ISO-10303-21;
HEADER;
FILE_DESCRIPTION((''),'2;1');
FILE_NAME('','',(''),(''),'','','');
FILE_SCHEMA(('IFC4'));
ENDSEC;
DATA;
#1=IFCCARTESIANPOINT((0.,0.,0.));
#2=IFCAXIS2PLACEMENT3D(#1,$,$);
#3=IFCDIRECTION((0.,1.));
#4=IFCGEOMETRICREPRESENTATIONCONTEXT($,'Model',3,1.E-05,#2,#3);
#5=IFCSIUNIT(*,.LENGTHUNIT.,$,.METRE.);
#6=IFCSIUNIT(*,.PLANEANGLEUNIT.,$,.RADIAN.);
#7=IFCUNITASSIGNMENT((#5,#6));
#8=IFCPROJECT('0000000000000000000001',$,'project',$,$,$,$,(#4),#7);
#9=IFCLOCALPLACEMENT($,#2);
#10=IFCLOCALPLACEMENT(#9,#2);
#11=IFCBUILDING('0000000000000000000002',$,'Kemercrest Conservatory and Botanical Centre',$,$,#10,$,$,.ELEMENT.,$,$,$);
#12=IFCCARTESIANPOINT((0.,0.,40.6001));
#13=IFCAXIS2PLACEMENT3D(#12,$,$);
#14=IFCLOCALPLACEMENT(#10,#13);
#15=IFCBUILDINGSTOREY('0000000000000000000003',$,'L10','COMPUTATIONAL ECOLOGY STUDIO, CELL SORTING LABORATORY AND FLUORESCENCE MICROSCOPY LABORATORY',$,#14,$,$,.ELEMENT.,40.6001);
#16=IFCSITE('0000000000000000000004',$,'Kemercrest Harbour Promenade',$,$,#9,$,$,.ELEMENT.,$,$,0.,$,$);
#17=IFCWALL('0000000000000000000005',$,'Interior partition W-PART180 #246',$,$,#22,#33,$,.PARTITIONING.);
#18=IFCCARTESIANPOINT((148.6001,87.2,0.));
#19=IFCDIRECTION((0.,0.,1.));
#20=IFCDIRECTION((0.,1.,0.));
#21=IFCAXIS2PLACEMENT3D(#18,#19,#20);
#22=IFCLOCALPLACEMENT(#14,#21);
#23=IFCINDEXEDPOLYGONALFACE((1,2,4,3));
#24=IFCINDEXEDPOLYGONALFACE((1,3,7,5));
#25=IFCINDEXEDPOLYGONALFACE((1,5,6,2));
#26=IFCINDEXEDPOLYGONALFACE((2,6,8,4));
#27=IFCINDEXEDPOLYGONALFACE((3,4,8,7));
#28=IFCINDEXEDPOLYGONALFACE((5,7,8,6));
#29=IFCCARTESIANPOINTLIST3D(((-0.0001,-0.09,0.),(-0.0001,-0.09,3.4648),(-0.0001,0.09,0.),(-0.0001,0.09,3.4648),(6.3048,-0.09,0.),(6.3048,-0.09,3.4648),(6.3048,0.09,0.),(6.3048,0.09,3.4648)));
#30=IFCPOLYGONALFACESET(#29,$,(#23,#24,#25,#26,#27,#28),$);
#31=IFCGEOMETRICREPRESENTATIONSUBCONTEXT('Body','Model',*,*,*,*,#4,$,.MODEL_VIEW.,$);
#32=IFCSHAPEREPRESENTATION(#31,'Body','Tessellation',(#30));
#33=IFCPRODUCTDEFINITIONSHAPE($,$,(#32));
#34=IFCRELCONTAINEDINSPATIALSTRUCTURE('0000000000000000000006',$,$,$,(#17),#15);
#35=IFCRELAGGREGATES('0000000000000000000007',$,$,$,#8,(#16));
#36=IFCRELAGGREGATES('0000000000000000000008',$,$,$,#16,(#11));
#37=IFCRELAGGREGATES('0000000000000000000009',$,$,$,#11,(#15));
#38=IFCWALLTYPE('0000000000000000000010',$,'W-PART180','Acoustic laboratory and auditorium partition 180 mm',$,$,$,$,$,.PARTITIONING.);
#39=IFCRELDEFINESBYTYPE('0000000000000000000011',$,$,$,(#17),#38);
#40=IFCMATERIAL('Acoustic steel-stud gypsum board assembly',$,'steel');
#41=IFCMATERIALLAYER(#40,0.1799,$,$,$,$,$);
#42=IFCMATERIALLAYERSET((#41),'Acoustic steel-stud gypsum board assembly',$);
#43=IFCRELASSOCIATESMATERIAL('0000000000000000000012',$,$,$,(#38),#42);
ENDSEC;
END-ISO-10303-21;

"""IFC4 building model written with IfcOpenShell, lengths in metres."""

from ifc_helpers import new_model, si_unit, direction, frame, frame_2d, origin, place, context, subcontext, project, spatial, rectangle, extrude, material, layer, layer_set, type_object, element, save


model = new_model("IFC4")

# Units and contexts
model_context = context("Model", 3, precision=1e-05, world=origin(), true_north=direction((0.0, 1.0)))
body_context = subcontext(model_context, "Body", "Model", "MODEL_VIEW")
ifc_project = project(units=[si_unit("LENGTHUNIT", "METRE"), si_unit("PLANEANGLEUNIT", "RADIAN")], contexts=[model_context])

# Site, building, storey
site_placement = place(None, origin())
site = spatial("IfcSite", under=ifc_project, at=site_placement, Name="Kemercrest Harbour Promenade", CompositionType="ELEMENT", RefElevation=0.0)
building_placement = place(site_placement, origin())
building = spatial("IfcBuilding", under=site, at=building_placement, Name="Kemercrest Conservatory and Botanical Centre", CompositionType="ELEMENT")
storey_placement = place(building_placement, frame((0.0, 0.0, 40.6001)))
storey = spatial("IfcBuildingStorey", under=building, at=storey_placement, Name="L10", Description="COMPUTATIONAL ECOLOGY STUDIO, CELL SORTING LABORATORY AND FLUORESCENCE MICROSCOPY LABORATORY", CompositionType="ELEMENT", Elevation=40.6001)

# Wall
ifc_material_1 = material(Name="Acoustic steel-stud gypsum board assembly", Category="steel")
ifc_layer_1 = layer(ifc_material_1, 0.1799)
ifc_layer_set_1 = layer_set([ifc_layer_1], Name="Acoustic steel-stud gypsum board assembly")
wall_type = type_object("IfcWallType", Name="W-PART180", Description="Acoustic laboratory and auditorium partition 180 mm", PredefinedType="PARTITIONING", material=ifc_layer_set_1)
wall_placement = place(storey_placement, frame((148.6001, 87.2, 0.0), z_axis=(0.0, 0.0, 1.0), x_axis=(0.0, 1.0, 0.0)))
element("IfcWall", 1, at=wall_placement, inside=storey, type_object=wall_type, Name="Interior partition W-PART180 #246", PredefinedType="PARTITIONING", context=body_context, shape_type="SweptSolid", body=[
    extrude(rectangle(XDim=6.3049, YDim=0.1799, at=frame_2d((3.1523, 0.0))), origin(), (0.0, 0.0, 1.0), 3.4648),
])

save(model, "model.ifc")
